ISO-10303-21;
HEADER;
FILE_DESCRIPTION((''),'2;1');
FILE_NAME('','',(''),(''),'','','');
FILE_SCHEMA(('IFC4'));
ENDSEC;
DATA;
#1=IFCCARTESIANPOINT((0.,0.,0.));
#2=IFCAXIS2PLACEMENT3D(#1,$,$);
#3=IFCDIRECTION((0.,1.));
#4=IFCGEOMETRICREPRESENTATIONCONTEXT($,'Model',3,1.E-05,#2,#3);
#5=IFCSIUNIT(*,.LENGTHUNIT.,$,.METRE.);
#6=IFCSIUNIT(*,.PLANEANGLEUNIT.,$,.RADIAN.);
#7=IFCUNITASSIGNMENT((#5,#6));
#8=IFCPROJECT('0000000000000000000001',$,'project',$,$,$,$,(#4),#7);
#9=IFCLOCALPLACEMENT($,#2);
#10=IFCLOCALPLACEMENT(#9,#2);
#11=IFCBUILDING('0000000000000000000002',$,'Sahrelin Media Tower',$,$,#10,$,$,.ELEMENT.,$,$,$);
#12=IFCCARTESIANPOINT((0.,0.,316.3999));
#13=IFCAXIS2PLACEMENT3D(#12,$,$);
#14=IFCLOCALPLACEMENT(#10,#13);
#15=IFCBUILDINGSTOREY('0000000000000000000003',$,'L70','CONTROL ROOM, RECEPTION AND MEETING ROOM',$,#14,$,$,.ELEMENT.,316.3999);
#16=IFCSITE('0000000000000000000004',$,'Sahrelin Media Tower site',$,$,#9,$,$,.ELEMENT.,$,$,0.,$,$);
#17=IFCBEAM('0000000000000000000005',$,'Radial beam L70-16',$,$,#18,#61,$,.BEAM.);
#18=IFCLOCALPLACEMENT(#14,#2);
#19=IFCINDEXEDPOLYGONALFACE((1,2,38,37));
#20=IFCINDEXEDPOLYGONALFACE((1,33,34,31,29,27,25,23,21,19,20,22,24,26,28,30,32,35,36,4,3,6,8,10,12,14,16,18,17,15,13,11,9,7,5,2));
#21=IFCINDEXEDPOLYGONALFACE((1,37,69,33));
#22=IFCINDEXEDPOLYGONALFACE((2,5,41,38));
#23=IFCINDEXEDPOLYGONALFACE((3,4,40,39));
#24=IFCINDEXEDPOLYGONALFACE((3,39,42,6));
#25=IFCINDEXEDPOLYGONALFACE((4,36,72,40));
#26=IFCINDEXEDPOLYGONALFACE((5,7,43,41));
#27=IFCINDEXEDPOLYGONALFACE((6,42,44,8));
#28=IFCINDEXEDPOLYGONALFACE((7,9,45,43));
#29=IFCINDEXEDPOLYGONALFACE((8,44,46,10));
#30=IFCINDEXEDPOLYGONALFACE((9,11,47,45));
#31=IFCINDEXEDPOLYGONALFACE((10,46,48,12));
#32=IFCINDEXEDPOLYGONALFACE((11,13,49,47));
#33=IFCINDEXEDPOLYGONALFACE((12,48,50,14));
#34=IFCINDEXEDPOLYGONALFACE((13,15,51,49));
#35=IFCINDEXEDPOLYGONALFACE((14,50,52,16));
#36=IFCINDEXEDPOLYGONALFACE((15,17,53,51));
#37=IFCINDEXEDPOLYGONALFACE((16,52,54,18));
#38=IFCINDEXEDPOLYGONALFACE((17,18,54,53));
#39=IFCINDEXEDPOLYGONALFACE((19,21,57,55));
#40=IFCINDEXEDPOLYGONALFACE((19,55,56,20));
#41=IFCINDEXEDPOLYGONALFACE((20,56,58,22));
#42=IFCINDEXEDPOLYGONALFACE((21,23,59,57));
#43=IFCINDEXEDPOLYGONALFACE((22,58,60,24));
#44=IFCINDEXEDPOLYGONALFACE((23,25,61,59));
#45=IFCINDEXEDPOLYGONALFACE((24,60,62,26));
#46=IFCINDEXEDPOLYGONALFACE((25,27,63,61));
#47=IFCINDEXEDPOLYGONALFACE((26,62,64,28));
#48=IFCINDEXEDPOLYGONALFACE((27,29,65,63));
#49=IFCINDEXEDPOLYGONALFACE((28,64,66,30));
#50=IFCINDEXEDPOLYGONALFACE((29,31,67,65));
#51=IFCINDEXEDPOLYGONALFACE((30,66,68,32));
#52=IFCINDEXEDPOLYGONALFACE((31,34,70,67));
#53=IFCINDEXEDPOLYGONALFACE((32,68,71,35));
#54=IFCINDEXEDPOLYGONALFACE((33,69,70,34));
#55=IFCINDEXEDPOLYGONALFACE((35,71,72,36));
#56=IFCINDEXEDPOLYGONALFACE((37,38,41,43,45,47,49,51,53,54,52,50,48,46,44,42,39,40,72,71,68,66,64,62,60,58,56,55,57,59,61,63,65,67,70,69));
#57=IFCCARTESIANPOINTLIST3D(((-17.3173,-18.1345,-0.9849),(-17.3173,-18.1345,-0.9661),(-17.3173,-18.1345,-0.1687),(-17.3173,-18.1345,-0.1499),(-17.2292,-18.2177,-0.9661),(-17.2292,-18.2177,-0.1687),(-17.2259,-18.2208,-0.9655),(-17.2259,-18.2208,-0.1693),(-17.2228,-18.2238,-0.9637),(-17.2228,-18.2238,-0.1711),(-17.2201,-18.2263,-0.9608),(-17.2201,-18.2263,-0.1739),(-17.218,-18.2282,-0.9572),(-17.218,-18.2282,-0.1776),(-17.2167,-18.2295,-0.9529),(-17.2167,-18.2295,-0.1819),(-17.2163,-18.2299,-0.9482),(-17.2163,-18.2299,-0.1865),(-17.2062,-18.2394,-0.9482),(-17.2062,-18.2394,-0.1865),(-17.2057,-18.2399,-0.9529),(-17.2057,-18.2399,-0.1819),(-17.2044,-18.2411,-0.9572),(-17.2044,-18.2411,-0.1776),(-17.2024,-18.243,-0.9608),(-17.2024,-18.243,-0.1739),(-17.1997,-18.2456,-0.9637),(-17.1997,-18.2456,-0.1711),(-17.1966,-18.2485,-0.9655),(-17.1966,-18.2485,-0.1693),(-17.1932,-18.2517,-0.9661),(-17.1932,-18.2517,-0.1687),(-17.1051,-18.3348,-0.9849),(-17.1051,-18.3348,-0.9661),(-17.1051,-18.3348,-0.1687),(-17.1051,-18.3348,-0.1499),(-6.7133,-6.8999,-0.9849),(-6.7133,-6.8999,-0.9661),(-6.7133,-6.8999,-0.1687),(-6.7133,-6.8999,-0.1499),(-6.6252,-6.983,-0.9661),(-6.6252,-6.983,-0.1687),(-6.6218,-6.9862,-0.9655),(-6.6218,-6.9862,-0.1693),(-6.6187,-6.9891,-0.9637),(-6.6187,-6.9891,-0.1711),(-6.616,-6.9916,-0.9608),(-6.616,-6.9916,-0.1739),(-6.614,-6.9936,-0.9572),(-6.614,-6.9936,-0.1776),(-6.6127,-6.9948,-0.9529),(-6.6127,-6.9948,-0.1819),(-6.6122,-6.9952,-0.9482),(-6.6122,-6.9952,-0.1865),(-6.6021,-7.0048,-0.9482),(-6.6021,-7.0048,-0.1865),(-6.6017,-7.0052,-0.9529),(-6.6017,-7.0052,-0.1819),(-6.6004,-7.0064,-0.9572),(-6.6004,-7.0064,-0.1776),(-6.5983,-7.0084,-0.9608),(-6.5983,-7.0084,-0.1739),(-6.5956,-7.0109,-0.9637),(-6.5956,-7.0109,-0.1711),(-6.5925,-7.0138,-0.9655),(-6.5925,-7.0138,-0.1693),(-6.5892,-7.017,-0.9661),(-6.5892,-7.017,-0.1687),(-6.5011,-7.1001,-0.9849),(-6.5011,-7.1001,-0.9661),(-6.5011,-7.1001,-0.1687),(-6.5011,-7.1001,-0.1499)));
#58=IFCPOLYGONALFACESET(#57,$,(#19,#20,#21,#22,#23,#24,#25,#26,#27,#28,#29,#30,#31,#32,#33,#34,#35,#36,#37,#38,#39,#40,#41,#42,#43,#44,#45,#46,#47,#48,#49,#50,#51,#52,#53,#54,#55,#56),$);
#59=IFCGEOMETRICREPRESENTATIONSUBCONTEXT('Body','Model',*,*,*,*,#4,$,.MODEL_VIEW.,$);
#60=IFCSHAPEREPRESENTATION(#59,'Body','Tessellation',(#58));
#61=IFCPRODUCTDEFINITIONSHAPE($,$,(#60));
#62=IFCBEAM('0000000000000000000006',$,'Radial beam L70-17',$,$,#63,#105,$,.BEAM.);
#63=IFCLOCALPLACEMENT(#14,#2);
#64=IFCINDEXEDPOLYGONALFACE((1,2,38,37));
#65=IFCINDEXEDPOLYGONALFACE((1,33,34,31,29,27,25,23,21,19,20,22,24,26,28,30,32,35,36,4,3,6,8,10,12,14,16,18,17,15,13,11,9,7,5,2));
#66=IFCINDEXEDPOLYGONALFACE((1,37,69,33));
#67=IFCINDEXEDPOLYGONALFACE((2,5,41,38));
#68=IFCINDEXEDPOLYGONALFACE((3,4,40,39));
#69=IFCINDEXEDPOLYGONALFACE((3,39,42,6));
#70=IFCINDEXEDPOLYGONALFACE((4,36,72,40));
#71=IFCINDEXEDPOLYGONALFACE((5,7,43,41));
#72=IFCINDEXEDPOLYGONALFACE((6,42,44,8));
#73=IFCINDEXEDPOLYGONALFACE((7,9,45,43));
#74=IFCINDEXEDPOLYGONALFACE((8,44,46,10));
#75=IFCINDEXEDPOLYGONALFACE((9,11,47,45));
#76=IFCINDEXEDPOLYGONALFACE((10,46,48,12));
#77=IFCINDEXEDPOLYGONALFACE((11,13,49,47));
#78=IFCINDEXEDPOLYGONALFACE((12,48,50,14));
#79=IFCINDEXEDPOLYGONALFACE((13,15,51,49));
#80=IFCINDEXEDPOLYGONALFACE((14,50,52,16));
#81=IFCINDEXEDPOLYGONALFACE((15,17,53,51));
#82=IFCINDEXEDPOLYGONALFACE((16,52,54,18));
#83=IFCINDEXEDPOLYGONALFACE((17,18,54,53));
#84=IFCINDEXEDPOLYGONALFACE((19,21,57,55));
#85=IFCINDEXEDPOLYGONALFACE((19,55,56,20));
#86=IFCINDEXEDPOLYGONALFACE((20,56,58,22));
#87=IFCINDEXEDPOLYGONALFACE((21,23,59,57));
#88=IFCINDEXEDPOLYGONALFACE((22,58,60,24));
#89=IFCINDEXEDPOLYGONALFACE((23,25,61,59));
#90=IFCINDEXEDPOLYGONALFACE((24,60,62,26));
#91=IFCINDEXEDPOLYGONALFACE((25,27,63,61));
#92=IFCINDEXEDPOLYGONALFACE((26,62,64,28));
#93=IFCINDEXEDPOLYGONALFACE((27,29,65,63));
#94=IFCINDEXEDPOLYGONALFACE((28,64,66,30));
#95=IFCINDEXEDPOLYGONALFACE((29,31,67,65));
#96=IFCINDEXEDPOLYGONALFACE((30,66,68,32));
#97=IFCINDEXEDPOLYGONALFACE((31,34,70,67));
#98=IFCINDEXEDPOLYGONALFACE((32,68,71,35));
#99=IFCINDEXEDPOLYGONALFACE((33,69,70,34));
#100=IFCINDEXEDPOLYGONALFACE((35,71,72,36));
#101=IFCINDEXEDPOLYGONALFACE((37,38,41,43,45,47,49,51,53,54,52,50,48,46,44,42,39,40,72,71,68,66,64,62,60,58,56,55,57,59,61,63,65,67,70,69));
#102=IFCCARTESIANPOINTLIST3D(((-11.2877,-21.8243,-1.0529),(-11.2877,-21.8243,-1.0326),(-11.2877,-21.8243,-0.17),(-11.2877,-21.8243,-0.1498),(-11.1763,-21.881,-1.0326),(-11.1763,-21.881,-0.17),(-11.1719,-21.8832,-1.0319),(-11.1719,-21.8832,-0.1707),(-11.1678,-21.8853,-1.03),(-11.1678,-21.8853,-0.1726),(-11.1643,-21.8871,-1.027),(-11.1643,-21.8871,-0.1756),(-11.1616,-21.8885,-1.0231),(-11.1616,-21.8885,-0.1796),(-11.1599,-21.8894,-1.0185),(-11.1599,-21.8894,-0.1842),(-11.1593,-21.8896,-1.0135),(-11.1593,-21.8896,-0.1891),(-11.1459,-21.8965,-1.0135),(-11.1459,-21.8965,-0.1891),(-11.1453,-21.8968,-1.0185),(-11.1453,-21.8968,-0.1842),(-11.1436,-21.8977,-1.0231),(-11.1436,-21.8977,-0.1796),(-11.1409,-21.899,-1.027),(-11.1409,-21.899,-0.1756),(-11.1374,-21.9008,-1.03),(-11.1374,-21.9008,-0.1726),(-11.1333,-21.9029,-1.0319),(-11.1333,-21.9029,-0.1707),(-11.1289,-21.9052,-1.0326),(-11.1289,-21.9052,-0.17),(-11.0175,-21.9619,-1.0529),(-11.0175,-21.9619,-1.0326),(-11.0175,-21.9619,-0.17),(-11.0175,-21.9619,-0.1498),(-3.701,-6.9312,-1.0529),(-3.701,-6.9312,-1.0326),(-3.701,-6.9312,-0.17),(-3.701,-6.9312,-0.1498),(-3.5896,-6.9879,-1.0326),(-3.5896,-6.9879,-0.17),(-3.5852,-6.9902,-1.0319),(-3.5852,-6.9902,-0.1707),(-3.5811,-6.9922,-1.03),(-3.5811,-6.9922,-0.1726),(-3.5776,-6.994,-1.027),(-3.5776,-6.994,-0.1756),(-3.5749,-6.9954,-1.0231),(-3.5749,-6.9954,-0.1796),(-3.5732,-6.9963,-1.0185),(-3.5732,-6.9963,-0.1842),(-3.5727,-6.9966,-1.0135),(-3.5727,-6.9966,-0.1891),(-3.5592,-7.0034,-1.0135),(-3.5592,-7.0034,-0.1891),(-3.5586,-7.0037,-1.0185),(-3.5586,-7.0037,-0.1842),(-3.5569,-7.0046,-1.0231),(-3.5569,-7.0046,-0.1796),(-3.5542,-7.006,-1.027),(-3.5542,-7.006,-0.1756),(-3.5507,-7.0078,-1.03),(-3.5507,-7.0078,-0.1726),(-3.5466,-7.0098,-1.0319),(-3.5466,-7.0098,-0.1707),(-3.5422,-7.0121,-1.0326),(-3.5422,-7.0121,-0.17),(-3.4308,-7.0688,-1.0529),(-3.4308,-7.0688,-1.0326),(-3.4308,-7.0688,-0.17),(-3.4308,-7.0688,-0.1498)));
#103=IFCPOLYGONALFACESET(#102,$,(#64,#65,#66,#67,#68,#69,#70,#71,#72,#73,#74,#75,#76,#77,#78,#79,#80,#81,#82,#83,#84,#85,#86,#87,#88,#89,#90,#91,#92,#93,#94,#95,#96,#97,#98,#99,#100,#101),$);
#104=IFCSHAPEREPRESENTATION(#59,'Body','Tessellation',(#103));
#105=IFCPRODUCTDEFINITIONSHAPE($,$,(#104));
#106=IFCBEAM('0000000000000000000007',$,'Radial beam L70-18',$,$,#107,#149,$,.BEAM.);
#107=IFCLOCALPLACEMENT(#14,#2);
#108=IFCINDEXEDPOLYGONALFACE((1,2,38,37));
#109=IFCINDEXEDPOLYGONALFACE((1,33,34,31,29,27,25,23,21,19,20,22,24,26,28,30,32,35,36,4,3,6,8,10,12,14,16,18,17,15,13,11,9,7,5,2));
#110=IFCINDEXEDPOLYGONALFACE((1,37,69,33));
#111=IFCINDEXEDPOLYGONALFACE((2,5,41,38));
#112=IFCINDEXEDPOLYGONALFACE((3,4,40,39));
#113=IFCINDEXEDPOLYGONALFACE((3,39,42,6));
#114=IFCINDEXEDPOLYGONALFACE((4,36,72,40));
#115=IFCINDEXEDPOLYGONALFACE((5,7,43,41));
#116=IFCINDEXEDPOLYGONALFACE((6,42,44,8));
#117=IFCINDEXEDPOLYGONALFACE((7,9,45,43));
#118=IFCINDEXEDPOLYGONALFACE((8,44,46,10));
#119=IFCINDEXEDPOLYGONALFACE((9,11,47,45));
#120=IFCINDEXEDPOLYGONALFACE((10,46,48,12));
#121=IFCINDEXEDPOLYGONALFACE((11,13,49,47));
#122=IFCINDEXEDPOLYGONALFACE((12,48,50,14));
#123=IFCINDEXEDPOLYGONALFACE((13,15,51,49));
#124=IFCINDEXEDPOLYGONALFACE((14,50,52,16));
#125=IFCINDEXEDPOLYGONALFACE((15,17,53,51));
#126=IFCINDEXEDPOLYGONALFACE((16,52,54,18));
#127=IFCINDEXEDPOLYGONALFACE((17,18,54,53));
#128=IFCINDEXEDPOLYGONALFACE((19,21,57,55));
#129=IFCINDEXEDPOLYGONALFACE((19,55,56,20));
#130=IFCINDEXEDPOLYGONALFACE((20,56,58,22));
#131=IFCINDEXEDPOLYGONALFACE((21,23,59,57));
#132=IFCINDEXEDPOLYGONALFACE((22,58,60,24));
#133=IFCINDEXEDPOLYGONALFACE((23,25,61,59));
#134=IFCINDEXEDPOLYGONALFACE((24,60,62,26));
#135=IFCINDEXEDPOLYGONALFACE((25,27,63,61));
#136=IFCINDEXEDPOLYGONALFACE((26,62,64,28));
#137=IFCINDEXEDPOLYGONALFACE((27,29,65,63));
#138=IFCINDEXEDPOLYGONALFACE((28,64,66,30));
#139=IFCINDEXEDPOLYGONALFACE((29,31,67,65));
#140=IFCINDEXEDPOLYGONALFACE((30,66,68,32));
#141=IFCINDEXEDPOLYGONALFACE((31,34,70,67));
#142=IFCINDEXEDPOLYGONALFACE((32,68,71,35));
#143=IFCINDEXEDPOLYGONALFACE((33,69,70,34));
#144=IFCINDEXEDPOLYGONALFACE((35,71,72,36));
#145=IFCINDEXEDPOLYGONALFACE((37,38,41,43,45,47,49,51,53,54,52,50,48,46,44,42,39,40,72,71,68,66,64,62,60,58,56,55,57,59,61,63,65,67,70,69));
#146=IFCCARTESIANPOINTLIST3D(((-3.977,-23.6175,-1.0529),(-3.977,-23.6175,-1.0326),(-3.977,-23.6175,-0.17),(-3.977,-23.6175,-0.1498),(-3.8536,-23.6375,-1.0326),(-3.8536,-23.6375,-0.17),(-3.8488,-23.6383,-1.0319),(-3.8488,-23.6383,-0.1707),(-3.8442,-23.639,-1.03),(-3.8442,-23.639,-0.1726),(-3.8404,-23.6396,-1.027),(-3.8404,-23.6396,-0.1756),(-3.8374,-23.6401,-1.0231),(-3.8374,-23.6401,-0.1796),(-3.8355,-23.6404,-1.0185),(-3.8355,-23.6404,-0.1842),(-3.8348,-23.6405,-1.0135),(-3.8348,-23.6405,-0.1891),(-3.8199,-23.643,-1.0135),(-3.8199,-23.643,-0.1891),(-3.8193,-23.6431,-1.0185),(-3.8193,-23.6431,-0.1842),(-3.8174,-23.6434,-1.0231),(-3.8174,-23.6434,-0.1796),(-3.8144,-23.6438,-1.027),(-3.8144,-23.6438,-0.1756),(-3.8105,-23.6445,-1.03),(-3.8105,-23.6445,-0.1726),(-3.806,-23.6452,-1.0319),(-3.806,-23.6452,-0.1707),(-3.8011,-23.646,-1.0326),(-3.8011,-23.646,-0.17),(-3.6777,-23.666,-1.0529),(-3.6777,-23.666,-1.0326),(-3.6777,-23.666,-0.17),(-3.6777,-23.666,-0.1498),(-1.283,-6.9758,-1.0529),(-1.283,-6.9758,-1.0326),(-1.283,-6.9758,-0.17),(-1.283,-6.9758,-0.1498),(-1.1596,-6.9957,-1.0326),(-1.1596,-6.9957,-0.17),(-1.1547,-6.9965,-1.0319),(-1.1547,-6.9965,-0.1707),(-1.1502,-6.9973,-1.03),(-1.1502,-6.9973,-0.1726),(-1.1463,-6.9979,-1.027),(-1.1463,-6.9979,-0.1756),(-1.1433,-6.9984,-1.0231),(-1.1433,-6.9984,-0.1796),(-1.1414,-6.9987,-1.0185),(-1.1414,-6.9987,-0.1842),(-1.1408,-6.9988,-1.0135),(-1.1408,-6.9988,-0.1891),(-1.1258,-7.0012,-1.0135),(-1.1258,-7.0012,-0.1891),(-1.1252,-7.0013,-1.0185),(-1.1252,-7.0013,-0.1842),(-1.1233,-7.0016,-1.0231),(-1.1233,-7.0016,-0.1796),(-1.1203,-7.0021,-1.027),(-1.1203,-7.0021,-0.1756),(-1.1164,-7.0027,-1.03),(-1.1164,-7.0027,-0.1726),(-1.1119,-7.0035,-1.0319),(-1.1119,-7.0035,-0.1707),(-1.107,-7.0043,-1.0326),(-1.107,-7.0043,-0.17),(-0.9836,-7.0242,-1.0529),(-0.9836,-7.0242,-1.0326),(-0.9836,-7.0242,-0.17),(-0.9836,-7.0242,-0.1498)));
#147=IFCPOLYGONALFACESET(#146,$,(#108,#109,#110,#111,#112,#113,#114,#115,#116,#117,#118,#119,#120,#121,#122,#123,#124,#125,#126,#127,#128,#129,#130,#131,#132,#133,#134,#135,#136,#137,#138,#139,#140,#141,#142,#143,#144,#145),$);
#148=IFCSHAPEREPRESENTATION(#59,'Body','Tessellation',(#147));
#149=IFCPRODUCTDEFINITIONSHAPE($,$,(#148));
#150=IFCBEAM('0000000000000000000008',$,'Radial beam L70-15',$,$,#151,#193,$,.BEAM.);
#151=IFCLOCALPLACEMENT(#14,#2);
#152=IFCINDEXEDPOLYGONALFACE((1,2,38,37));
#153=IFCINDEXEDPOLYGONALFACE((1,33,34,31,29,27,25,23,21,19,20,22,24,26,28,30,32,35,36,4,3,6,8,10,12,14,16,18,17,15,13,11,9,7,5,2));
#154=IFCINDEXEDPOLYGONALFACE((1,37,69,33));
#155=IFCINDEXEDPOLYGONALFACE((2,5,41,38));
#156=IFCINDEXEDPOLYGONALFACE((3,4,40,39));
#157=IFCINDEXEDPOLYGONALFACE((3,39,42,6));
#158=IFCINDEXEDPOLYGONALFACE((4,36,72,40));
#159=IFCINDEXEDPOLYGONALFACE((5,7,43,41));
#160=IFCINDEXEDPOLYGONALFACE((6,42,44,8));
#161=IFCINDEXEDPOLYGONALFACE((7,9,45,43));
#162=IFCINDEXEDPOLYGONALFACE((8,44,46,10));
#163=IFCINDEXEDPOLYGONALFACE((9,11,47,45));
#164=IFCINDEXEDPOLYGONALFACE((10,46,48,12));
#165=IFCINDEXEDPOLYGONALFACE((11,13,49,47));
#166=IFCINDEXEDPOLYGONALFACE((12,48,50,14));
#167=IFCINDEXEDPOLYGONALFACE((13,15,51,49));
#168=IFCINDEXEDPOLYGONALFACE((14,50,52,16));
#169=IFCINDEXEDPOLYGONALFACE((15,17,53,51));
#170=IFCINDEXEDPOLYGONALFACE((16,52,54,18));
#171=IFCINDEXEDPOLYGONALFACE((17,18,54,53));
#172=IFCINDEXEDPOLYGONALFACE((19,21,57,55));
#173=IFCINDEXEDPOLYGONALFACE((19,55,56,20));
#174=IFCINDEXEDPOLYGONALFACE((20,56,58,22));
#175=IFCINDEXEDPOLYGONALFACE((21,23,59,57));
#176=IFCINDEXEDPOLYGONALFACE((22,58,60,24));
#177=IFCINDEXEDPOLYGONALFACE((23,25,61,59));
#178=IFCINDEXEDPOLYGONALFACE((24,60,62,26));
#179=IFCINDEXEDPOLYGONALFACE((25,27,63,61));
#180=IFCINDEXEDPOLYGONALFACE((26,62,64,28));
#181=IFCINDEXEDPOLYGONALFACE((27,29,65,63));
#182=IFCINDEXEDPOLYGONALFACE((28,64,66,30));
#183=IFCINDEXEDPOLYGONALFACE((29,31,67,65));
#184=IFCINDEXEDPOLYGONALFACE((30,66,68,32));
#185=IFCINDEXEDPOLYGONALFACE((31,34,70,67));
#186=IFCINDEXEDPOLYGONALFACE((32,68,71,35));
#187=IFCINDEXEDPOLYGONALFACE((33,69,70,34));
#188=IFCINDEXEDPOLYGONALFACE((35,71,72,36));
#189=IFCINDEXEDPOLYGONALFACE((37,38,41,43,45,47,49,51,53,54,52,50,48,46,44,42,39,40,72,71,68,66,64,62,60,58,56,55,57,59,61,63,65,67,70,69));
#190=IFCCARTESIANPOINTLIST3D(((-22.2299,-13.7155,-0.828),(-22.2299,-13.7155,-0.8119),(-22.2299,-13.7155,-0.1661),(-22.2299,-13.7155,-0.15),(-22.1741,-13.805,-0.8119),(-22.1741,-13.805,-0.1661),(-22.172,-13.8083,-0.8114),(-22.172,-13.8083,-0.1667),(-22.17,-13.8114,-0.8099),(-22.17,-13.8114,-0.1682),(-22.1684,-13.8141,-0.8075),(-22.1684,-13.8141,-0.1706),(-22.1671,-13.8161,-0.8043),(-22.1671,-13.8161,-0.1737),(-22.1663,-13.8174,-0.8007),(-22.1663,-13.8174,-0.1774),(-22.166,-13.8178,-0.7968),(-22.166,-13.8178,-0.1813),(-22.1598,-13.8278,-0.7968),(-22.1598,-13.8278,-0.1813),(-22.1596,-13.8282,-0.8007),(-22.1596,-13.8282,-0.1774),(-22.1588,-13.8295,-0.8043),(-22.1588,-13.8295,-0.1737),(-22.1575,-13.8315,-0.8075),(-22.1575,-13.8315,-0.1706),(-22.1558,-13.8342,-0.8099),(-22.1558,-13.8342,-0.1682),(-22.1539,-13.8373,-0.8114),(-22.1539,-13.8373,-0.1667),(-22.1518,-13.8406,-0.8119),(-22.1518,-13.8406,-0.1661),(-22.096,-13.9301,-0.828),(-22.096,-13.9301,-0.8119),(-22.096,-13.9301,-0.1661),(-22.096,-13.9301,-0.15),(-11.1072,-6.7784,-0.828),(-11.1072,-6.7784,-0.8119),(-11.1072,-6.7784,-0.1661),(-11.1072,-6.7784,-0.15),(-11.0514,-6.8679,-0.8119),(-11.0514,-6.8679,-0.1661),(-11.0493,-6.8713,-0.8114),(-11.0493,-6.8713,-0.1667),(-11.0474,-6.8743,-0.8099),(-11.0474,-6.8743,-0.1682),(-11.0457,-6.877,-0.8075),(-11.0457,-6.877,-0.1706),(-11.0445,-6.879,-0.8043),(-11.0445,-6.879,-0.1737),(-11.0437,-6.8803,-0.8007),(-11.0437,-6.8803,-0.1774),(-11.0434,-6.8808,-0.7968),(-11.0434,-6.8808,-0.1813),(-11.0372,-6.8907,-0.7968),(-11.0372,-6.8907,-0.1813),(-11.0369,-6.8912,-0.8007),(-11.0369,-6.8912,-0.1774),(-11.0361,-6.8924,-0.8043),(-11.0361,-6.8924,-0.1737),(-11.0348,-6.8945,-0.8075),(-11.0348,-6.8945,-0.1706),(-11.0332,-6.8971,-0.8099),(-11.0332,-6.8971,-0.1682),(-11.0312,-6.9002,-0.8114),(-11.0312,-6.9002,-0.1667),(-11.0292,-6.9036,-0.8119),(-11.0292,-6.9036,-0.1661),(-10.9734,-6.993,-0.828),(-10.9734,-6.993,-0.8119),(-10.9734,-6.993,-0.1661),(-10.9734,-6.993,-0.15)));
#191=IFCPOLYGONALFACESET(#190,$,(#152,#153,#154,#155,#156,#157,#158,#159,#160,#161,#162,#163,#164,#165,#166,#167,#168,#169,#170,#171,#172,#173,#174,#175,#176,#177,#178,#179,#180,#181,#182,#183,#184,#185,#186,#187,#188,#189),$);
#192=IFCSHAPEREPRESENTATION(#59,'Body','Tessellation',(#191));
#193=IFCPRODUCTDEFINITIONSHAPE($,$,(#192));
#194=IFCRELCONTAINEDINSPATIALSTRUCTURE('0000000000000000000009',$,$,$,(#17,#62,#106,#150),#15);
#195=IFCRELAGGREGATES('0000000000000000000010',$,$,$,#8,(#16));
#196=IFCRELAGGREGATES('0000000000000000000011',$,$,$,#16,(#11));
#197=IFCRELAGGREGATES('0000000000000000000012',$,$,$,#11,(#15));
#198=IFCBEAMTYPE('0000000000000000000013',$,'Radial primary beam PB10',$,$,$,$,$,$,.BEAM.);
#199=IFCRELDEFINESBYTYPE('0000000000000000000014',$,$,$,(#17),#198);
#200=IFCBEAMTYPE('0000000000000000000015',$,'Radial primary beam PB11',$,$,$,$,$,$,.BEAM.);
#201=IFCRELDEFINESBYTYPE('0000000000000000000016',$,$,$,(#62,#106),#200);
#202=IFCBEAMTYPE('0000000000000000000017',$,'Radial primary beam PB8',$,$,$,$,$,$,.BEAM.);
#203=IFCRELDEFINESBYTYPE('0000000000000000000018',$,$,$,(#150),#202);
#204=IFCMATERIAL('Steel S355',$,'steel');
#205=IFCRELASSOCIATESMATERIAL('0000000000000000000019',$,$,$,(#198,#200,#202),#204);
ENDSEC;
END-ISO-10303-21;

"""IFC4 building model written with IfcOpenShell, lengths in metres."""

from ifc_helpers import new_model, si_unit, direction, frame, origin, origin_2d, place, context, subcontext, project, spatial, i_section, extrude, material, material_profile, profile_set, type_object, element, save


model = new_model("IFC4")

# Units and contexts
model_context = context("Model", 3, precision=1e-05, world=origin(), true_north=direction((0.0, 1.0)))
body_context = subcontext(model_context, "Body", "Model", "MODEL_VIEW")
ifc_project = project(units=[si_unit("LENGTHUNIT", "METRE"), si_unit("PLANEANGLEUNIT", "RADIAN")], contexts=[model_context])

# Site, building, storey
site_placement = place(None, origin())
site = spatial("IfcSite", under=ifc_project, at=site_placement, Name="Sahrelin Media Tower site", CompositionType="ELEMENT", RefElevation=0.0)
building_placement = place(site_placement, origin())
building = spatial("IfcBuilding", under=site, at=building_placement, Name="Sahrelin Media Tower", CompositionType="ELEMENT")
storey_placement = place(building_placement, frame((0.0, 0.0, 316.3999)))
storey = spatial("IfcBuildingStorey", under=building, at=storey_placement, Name="L70", Description="CONTROL ROOM, RECEPTION AND MEETING ROOM", CompositionType="ELEMENT", Elevation=316.3999)

# Beams
ifc_material_1 = material(Name="Steel S355", Category="steel")
ifc_material_profile_1 = material_profile(ifc_material_1, i_section(OverallWidth=0.2917, OverallDepth=0.835, WebThickness=0.0139, FlangeThickness=0.0188, FilletRadius=0.0178, at=origin_2d()), Name="UB 838x292x176")
ifc_profile_set_1 = profile_set([ifc_material_profile_1], Name="Steel S355")
beam_type_1 = type_object("IfcBeamType", Name="Radial primary beam PB10", PredefinedType="BEAM", material=ifc_profile_set_1)
beam_1_placement = place(storey_placement, frame((-6.6072, -7.0, -0.5674), z_axis=(-0.686402, -0.727222, 0.0), x_axis=(0.727222, -0.686402, 0.0)))
element("IfcBeam", 1, at=beam_1_placement, inside=storey, type_object=beam_type_1, Name="Radial beam L70-16", PredefinedType="BEAM", context=body_context, shape_type="SweptSolid", body=[
    extrude(i_section(OverallWidth=0.2917, OverallDepth=0.835, WebThickness=0.0139, FlangeThickness=0.0188, FilletRadius=0.0178, at=origin_2d()), origin(), (0.0, 0.0, 1.0), 15.4487),
])
ifc_material_profile_2 = material_profile(ifc_material_1, i_section(OverallWidth=0.3032, OverallDepth=0.9031, WebThickness=0.0151, FlangeThickness=0.0203, FilletRadius=0.019, at=origin_2d()), Name="UB 914x305x201")
ifc_profile_set_2 = profile_set([ifc_material_profile_2], Name="Steel S355")
beam_type_2 = type_object("IfcBeamType", Name="Radial primary beam PB11", PredefinedType="BEAM", material=ifc_profile_set_2)
beam_2_placement = place(storey_placement, frame((-3.5659, -7.0, -0.6013), z_axis=(-0.453908, -0.891048, 0.0), x_axis=(0.891048, -0.453908, 0.0)))
element("IfcBeam", 2, at=beam_2_placement, inside=storey, type_object=beam_type_2, Name="Radial beam L70-17", PredefinedType="BEAM", context=body_context, shape_type="SweptSolid", body=[
    extrude(i_section(OverallWidth=0.3032, OverallDepth=0.9031, WebThickness=0.0151, FlangeThickness=0.0203, FilletRadius=0.019, at=origin_2d()), origin(), (0.0, 0.0, 1.0), 16.7141),
])
beam_3_placement = place(storey_placement, frame((-1.1333, -7.0, -0.6013), z_axis=(-0.159806, -0.987148, 0.0), x_axis=(0.987148, -0.159806, 0.0)))
element("IfcBeam", 3, at=beam_3_placement, inside=storey, type_object=beam_type_2, Name="Radial beam L70-18", PredefinedType="BEAM", context=body_context, shape_type="SweptSolid", body=[
    extrude(i_section(OverallWidth=0.3032, OverallDepth=0.9031, WebThickness=0.0151, FlangeThickness=0.0203, FilletRadius=0.019, at=origin_2d()), origin(), (0.0, 0.0, 1.0), 16.8584),
])
ifc_material_profile_3 = material_profile(ifc_material_1, i_section(OverallWidth=0.2529, OverallDepth=0.678, WebThickness=0.0117, FlangeThickness=0.0161, FilletRadius=0.0151, at=origin_2d()), Name="UB 686x254x125")
ifc_profile_set_3 = profile_set([ifc_material_profile_3], Name="Steel S355")
beam_type_3 = type_object("IfcBeamType", Name="Radial primary beam PB8", PredefinedType="BEAM", material=ifc_profile_set_3)
beam_4_placement = place(storey_placement, frame((-11.0403, -6.8857, -0.489), z_axis=(-0.848498, -0.529198, 0.0), x_axis=(0.529198, -0.848498, 0.0)))
element("IfcBeam", 4, at=beam_4_placement, inside=storey, type_object=beam_type_3, Name="Radial beam L70-15", PredefinedType="BEAM", context=body_context, shape_type="SweptSolid", body=[
    extrude(i_section(OverallWidth=0.2529, OverallDepth=0.678, WebThickness=0.0117, FlangeThickness=0.0161, FilletRadius=0.0151, at=origin_2d()), origin(), (0.0, 0.0, 1.0), 13.1086),
])

save(model, "model.ifc")
